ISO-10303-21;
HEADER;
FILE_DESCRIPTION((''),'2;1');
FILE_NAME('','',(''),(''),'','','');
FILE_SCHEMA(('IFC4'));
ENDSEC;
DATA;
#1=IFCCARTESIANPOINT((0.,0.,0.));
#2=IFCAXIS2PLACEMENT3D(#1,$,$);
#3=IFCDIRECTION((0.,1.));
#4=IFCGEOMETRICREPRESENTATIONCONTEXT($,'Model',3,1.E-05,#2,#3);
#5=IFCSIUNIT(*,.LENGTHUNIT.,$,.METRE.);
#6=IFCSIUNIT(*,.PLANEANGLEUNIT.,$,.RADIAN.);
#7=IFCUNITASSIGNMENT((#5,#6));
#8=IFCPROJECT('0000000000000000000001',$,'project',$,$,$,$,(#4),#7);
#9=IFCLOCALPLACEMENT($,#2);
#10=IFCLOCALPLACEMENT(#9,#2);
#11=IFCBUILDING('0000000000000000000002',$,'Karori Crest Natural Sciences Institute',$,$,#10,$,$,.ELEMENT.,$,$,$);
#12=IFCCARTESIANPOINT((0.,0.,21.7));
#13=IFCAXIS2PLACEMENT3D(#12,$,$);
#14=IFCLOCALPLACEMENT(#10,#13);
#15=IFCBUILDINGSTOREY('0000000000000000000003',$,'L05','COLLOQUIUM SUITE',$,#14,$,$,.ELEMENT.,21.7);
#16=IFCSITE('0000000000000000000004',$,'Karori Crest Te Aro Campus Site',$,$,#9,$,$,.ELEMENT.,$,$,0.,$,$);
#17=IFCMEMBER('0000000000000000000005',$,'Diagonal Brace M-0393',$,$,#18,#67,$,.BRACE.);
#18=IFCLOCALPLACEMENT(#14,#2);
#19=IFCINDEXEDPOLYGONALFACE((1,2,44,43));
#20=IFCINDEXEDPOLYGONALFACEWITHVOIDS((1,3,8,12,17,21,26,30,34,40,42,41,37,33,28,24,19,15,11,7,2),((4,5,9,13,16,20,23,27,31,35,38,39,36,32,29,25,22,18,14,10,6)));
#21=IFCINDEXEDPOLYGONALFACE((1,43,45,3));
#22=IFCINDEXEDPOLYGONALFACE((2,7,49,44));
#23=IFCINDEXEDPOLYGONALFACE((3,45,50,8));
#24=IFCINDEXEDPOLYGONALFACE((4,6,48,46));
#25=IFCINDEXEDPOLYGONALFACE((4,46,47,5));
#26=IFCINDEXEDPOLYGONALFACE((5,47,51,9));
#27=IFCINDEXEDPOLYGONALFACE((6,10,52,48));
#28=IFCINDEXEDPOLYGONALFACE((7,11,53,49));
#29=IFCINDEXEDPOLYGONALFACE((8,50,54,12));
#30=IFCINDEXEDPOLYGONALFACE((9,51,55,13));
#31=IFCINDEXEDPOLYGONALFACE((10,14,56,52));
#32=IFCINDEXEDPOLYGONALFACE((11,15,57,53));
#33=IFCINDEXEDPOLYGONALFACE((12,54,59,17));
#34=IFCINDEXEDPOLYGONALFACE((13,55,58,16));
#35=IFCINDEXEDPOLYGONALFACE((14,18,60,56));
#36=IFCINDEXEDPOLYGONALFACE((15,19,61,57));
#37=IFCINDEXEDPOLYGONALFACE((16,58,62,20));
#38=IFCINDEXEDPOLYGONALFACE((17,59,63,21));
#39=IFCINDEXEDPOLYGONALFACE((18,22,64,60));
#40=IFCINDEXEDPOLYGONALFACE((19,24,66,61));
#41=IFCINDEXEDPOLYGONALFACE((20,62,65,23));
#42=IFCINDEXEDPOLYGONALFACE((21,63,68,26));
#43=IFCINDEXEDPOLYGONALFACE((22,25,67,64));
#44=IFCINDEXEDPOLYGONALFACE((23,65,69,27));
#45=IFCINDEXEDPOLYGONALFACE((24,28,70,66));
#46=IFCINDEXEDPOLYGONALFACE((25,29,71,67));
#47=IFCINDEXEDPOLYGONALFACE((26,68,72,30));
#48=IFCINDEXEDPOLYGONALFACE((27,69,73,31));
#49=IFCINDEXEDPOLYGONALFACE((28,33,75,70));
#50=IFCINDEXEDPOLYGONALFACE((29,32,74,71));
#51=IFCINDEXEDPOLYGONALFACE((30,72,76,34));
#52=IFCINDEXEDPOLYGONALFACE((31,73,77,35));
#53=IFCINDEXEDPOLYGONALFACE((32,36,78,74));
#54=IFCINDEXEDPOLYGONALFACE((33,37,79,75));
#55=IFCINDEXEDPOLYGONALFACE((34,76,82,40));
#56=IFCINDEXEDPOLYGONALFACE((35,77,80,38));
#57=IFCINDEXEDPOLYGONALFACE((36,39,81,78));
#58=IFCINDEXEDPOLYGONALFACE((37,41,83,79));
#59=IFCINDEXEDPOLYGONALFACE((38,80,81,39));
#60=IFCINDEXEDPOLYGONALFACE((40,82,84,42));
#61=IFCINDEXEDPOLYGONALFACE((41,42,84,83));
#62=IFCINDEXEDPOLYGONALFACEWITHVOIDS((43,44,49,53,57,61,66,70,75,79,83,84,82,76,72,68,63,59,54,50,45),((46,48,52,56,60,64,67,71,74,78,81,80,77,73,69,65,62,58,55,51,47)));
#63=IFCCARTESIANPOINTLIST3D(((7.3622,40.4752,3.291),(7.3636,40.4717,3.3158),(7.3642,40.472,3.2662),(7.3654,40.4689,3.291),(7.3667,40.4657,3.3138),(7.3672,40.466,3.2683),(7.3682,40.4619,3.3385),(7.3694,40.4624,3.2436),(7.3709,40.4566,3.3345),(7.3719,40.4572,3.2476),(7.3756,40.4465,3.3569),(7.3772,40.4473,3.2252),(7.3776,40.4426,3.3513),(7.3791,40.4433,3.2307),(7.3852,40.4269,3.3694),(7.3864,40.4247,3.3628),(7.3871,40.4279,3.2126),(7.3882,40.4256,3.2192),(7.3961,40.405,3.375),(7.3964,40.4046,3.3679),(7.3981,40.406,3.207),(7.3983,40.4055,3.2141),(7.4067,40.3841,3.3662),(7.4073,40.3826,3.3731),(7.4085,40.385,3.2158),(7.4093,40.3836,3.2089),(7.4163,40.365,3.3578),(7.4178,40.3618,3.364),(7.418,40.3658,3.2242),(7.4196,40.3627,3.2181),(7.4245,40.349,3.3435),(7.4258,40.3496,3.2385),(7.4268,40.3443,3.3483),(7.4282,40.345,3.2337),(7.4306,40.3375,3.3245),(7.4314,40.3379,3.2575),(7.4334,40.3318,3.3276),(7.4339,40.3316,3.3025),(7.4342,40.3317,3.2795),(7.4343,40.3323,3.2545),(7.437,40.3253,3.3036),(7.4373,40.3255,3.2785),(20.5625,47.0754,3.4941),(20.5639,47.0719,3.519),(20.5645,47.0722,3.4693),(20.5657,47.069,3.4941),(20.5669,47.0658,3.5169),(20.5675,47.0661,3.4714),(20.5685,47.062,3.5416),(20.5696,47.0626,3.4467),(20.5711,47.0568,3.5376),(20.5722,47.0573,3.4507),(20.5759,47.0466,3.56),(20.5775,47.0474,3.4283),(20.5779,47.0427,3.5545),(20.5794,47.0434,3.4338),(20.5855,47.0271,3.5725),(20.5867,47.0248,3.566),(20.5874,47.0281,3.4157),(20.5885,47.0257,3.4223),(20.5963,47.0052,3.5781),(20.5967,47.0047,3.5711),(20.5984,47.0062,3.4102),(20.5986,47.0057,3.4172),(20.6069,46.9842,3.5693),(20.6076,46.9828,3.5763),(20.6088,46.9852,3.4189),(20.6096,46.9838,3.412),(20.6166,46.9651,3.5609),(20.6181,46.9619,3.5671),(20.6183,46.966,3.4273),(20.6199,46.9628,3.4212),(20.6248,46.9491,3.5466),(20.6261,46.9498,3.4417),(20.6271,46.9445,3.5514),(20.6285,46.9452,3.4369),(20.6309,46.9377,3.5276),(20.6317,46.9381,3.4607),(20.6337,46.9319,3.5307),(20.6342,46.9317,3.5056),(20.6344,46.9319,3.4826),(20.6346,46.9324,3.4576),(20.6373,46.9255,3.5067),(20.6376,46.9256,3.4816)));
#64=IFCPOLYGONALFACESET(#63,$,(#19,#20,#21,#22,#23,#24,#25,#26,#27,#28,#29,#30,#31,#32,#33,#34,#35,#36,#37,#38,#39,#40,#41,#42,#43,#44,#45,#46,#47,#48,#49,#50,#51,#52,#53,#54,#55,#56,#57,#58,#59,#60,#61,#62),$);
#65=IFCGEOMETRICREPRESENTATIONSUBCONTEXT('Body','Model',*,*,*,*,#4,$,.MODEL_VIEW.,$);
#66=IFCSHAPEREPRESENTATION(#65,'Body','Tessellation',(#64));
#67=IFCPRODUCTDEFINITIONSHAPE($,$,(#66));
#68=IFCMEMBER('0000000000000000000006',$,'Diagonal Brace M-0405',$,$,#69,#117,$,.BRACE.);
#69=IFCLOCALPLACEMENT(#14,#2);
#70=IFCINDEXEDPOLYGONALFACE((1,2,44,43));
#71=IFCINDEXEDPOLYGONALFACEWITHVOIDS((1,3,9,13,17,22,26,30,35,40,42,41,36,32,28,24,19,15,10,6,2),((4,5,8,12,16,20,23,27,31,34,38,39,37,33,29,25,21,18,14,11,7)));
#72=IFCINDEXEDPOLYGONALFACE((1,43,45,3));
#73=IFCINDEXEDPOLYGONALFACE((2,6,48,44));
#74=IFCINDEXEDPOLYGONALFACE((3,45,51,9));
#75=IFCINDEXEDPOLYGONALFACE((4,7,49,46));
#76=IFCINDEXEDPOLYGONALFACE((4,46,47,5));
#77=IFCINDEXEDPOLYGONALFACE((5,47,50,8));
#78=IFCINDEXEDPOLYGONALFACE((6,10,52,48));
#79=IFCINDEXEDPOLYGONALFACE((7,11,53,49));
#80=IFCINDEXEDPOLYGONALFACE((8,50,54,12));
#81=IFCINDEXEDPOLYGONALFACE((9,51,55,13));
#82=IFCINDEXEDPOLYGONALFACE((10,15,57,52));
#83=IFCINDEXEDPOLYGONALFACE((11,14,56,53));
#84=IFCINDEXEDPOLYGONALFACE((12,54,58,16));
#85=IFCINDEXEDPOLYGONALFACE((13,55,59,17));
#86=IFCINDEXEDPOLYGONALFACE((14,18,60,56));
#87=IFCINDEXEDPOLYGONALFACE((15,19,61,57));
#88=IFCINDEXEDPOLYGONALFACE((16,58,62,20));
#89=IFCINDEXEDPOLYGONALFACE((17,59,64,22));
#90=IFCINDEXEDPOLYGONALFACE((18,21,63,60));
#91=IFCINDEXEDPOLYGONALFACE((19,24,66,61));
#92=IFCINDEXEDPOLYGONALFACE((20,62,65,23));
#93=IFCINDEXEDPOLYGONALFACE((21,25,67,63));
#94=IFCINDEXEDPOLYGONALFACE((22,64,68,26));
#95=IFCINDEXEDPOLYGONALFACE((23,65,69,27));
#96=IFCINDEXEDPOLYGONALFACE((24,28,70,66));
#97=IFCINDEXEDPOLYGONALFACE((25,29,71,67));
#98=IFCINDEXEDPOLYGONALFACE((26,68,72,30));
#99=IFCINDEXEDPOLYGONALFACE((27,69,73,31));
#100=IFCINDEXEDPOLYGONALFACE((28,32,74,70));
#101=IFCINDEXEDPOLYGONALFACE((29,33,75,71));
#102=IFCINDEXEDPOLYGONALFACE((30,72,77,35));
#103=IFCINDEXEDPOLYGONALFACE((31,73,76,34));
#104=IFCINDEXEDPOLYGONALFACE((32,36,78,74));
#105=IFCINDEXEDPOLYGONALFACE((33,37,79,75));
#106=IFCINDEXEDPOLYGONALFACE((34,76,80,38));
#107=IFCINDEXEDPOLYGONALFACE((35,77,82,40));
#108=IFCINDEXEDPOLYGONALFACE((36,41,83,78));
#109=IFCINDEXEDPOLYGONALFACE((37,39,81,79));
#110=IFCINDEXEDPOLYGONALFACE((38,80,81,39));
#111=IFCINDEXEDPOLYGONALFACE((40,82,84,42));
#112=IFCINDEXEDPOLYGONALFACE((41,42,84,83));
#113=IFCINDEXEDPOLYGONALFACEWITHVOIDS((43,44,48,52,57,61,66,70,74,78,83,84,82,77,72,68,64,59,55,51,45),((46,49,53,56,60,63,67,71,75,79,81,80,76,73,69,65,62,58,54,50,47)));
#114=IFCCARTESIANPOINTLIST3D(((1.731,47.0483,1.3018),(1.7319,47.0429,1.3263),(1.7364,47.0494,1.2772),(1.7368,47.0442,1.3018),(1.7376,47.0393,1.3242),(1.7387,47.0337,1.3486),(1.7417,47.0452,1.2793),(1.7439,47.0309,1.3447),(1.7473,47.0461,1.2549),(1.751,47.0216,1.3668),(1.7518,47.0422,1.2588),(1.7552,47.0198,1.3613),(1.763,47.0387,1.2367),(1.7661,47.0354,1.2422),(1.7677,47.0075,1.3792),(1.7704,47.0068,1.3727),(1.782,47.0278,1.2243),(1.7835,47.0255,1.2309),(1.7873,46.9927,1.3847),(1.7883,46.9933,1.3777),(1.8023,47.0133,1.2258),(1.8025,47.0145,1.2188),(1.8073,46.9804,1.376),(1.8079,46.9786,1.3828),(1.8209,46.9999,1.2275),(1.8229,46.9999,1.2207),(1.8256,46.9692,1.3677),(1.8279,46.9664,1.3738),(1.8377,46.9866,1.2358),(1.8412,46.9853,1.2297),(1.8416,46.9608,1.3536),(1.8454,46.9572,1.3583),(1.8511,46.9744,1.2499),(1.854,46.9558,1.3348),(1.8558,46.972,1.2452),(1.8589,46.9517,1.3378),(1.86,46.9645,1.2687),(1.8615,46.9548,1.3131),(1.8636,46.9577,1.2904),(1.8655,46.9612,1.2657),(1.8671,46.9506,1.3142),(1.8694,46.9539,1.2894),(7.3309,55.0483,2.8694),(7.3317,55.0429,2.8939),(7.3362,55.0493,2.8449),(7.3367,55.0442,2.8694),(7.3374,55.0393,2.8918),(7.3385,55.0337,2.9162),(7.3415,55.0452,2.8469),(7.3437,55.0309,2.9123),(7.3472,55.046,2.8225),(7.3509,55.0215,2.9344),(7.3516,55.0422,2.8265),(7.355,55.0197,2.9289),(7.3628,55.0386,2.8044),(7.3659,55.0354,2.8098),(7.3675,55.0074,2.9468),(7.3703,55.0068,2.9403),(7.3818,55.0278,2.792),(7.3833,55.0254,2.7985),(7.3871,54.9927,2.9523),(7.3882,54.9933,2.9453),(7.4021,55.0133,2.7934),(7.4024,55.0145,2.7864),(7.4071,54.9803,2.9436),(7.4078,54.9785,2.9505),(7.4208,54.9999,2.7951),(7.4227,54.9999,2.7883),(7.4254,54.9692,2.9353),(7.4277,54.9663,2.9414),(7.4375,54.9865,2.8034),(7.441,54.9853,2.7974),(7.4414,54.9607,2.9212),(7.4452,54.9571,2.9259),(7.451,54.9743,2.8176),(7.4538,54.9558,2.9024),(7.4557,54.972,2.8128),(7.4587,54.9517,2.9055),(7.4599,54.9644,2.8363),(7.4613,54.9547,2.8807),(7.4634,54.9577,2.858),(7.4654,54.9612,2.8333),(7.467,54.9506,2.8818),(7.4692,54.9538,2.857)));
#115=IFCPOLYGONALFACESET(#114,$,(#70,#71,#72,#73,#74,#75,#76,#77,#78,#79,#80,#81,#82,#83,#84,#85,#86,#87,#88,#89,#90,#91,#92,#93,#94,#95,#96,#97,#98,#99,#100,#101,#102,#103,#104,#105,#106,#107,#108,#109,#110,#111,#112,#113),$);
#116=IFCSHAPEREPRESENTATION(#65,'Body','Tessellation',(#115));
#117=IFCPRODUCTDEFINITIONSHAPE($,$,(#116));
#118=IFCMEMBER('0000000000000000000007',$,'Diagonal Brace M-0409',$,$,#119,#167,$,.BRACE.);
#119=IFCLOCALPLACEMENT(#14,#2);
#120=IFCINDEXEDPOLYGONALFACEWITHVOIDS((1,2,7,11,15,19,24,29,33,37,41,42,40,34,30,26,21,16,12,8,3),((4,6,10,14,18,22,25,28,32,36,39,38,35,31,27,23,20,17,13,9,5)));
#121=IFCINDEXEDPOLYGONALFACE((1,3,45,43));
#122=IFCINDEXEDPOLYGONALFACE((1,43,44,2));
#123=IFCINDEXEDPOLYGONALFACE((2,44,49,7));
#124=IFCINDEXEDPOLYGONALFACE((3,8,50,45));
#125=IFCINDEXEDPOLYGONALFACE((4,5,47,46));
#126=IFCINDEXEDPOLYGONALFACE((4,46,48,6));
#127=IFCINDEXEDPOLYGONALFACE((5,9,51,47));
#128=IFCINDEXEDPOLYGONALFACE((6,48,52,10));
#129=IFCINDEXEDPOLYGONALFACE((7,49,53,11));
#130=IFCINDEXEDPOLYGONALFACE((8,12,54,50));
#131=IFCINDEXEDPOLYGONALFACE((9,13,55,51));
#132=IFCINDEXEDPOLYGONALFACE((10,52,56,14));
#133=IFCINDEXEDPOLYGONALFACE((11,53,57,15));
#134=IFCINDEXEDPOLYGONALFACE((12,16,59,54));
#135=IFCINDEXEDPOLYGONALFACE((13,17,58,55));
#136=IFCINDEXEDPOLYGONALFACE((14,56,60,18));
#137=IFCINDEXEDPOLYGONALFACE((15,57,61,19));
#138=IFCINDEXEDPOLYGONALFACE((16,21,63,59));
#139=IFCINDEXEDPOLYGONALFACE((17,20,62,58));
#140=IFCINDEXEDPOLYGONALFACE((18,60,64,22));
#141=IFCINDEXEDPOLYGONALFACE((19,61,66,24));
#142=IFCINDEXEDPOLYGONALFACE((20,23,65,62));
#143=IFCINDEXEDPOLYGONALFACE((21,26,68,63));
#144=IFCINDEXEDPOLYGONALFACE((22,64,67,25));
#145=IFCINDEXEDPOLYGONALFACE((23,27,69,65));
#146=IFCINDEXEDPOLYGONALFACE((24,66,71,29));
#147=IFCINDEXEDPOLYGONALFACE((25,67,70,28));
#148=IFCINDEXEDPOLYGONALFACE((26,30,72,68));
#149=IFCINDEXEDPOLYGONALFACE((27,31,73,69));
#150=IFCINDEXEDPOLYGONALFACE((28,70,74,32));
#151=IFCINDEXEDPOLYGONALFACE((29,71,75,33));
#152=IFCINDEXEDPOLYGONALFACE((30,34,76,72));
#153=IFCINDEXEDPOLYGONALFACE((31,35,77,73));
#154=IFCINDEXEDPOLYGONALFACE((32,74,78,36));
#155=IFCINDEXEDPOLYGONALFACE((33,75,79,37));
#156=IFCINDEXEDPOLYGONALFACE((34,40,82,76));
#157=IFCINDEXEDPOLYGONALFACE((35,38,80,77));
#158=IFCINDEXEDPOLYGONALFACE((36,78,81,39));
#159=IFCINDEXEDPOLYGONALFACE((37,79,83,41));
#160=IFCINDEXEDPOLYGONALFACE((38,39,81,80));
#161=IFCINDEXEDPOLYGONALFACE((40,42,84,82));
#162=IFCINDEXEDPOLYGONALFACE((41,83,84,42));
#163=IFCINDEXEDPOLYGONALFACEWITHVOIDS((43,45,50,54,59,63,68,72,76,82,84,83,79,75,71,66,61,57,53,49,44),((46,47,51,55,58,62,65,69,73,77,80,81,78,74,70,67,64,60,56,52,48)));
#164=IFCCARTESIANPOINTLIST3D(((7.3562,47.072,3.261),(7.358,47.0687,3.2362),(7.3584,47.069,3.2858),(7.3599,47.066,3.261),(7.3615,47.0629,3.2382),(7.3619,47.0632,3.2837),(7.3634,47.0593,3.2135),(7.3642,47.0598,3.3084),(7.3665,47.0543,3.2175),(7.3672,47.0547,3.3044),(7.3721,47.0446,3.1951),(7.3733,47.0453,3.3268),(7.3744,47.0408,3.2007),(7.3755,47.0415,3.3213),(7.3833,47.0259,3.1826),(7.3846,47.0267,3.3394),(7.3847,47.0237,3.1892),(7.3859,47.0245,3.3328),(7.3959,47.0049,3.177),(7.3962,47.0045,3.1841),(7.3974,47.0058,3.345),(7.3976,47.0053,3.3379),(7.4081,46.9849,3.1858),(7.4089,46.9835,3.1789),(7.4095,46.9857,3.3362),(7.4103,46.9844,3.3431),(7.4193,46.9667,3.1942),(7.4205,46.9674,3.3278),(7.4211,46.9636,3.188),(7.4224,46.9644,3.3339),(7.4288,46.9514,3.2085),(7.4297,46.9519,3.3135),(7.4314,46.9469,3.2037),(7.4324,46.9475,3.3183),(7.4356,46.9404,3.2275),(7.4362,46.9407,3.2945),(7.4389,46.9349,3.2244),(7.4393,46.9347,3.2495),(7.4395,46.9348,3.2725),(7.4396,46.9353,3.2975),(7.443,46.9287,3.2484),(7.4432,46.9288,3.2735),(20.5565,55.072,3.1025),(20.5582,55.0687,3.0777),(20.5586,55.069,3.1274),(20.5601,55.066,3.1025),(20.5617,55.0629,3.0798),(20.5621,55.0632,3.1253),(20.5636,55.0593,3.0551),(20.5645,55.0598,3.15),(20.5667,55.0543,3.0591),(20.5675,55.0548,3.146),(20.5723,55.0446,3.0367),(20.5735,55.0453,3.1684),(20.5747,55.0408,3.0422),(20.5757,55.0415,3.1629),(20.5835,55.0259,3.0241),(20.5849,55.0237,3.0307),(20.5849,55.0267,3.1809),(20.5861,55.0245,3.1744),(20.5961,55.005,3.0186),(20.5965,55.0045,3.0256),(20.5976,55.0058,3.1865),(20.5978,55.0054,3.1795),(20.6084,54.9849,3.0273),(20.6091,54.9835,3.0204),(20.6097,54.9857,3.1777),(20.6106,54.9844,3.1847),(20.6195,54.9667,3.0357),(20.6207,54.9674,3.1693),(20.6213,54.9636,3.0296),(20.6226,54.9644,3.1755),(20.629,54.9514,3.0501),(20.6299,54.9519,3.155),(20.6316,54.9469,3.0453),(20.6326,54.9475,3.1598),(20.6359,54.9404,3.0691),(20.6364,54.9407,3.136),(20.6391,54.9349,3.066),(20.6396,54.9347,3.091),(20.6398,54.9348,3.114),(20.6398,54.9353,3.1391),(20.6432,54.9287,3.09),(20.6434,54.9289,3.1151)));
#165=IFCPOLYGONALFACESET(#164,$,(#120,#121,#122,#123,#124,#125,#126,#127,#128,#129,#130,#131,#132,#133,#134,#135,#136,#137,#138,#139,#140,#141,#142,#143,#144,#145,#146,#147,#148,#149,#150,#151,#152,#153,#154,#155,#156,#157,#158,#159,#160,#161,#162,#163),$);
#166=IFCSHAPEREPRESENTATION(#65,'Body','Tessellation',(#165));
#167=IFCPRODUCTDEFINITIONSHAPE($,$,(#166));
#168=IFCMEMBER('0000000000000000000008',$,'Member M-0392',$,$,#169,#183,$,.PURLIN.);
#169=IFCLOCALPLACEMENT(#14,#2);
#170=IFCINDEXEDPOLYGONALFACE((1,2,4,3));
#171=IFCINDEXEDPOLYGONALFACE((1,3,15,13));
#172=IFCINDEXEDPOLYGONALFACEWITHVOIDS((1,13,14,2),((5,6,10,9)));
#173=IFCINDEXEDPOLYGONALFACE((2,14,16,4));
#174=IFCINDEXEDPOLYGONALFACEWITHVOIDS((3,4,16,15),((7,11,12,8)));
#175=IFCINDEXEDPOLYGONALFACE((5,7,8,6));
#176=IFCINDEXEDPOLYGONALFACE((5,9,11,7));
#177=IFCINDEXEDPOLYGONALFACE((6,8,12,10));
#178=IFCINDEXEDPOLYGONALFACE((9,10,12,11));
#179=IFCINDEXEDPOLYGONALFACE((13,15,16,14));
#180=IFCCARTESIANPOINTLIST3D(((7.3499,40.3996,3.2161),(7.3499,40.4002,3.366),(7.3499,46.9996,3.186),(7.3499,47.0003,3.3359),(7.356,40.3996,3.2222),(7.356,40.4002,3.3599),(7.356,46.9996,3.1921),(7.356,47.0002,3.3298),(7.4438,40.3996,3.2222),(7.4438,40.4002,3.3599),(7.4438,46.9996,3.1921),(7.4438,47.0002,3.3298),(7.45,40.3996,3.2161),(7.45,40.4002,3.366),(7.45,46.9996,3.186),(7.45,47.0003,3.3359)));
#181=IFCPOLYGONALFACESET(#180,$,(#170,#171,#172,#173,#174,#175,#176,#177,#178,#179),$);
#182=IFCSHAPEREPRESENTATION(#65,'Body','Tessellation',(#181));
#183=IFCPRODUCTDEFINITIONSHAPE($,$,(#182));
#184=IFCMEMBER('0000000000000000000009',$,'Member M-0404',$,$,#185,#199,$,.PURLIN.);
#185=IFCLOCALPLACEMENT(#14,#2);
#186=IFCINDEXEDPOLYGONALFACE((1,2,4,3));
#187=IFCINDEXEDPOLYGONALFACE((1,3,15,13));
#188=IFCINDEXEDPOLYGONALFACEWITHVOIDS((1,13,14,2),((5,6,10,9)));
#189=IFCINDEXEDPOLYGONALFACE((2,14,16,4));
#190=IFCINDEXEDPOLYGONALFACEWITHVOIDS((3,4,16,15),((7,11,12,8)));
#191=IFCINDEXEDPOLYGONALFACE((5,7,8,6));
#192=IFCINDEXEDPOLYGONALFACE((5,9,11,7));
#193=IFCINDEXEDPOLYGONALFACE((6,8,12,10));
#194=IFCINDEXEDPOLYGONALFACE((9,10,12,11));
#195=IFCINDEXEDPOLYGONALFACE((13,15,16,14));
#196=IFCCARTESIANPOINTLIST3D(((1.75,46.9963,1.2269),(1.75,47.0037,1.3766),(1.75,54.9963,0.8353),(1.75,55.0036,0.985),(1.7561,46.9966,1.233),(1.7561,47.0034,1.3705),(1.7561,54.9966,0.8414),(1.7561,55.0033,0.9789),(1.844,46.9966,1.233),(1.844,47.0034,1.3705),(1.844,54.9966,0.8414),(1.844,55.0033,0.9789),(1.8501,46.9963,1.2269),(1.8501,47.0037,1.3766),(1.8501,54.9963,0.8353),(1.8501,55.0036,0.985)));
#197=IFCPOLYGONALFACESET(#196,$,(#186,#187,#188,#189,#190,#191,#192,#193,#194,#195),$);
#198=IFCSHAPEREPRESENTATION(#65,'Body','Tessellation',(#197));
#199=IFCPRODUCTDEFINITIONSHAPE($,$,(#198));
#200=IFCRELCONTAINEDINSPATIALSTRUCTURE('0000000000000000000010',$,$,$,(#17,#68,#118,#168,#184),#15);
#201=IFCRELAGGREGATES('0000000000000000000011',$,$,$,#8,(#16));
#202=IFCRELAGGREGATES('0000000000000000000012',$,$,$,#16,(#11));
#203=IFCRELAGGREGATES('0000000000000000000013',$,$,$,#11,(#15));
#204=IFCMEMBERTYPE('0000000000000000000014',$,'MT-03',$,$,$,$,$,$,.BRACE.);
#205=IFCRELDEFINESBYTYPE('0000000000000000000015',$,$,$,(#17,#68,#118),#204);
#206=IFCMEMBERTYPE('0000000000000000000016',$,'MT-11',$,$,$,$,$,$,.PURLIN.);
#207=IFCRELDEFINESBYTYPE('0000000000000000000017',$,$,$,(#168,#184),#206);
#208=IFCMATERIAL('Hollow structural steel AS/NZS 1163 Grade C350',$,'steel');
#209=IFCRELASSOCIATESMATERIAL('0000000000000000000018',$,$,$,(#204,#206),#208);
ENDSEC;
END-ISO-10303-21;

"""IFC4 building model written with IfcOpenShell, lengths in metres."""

from ifc_helpers import new_model, si_unit, direction, frame, origin, origin_2d, place, context, subcontext, project, spatial, hollow_rectangle, hollow_circle, extrude, material, material_profile, profile_set, type_object, element, save


model = new_model("IFC4")

# Units and contexts
model_context = context("Model", 3, precision=1e-05, world=origin(), true_north=direction((0.0, 1.0)))
body_context = subcontext(model_context, "Body", "Model", "MODEL_VIEW")
ifc_project = project(units=[si_unit("LENGTHUNIT", "METRE"), si_unit("PLANEANGLEUNIT", "RADIAN")], contexts=[model_context])

# Site, building, storey
site_placement = place(None, origin())
site = spatial("IfcSite", under=ifc_project, at=site_placement, Name="Karori Crest Te Aro Campus Site", CompositionType="ELEMENT", RefElevation=0.0)
building_placement = place(site_placement, origin())
building = spatial("IfcBuilding", under=site, at=building_placement, Name="Karori Crest Natural Sciences Institute", CompositionType="ELEMENT")
storey_placement = place(building_placement, frame((0.0, 0.0, 21.7)))
storey = spatial("IfcBuildingStorey", under=building, at=storey_placement, Name="L05", Description="COLLOQUIUM SUITE", CompositionType="ELEMENT", Elevation=21.7)

# Members
ifc_material_1 = material(Name="Hollow structural steel AS/NZS 1163 Grade C350", Category="steel")
ifc_material_profile_1 = material_profile(ifc_material_1, hollow_circle(Radius=0.0842, WallThickness=0.0071, at=origin_2d()), Name="CHS168.3x7.1")
ifc_profile_set_1 = profile_set([ifc_material_profile_1], Name="Hollow structural steel AS/NZS 1163 Grade C350")
member_type_1 = type_object("IfcMemberType", Name="MT-03", PredefinedType="BRACE", material=ifc_profile_set_1)
member_1_placement = place(storey_placement, frame((7.3999, 40.3999, 3.291), z_axis=(0.894342, 0.447171, 0.013762), x_axis=(-0.447214, 0.894427, 0.0)))
element("IfcMember", 1, at=member_1_placement, inside=storey, type_object=member_type_1, Name="Diagonal Brace M-0393", PredefinedType="BRACE", context=body_context, shape_type="SweptSolid", body=[
    extrude(hollow_circle(Radius=0.0842, WallThickness=0.0071, at=origin_2d()), origin(), (0.0, 0.0, 1.0), 14.7598),
])
member_2_placement = place(storey_placement, frame((1.8, 47.0, 1.3018), z_axis=(0.566203, 0.808883, 0.158503), x_axis=(-0.819239, 0.573452, 0.0)))
element("IfcMember", 2, at=member_2_placement, inside=storey, type_object=member_type_1, Name="Diagonal Brace M-0405", PredefinedType="BRACE", context=body_context, shape_type="SweptSolid", body=[
    extrude(hollow_circle(Radius=0.0842, WallThickness=0.0071, at=origin_2d()), origin(), (0.0, 0.0, 1.0), 9.8901),
])
member_3_placement = place(storey_placement, frame((7.3999, 47.0, 3.261), z_axis=(0.855156, 0.518269, -0.010265), x_axis=(-0.518296, 0.855201, 0.0)))
element("IfcMember", 3, at=member_3_placement, inside=storey, type_object=member_type_1, Name="Diagonal Brace M-0409", PredefinedType="BRACE", context=body_context, shape_type="SweptSolid", body=[
    extrude(hollow_circle(Radius=0.0842, WallThickness=0.0071, at=origin_2d()), origin(), (0.0, 0.0, 1.0), 15.436),
])
ifc_material_profile_2 = material_profile(ifc_material_1, hollow_rectangle(XDim=0.1001, YDim=0.1499, WallThickness=0.0061, at=origin_2d()), Name="RHS150x100x6")
ifc_profile_set_2 = profile_set([ifc_material_profile_2], Name="Hollow structural steel AS/NZS 1163 Grade C350")
member_type_2 = type_object("IfcMemberType", Name="MT-11", PredefinedType="PURLIN", material=ifc_profile_set_2)
member_4_placement = place(storey_placement, frame((7.3999, 40.3999, 3.291), z_axis=(0.0, 0.99999, -0.00455), x_axis=(-1.0, 0.0, 0.0)))
element("IfcMember", 4, at=member_4_placement, inside=storey, type_object=member_type_2, Name="Member M-0392", PredefinedType="PURLIN", context=body_context, shape_type="SweptSolid", body=[
    extrude(hollow_rectangle(XDim=0.1001, YDim=0.1499, WallThickness=0.0061, at=origin_2d()), origin(), (0.0, 0.0, 1.0), 6.6001),
])
for number, where, z_axis, x_axis, name in (
    (5, (1.8, 47.0, 1.3018), (0.0, 0.998804, -0.048892), (-1.0, 0.0, 0.0), "Member M-0404"),
):
    element("IfcMember", number, at=place(storey_placement, frame(where, z_axis=z_axis, x_axis=x_axis)), inside=storey, type_object=member_type_2, Name=name, PredefinedType="PURLIN", context=body_context, shape_type="SweptSolid", body=[
        extrude(hollow_rectangle(XDim=0.1001, YDim=0.1499, WallThickness=0.0061, at=origin_2d()), origin(), (0.0, 0.0, 1.0), 8.0095),
    ])

save(model, "model.ifc")
